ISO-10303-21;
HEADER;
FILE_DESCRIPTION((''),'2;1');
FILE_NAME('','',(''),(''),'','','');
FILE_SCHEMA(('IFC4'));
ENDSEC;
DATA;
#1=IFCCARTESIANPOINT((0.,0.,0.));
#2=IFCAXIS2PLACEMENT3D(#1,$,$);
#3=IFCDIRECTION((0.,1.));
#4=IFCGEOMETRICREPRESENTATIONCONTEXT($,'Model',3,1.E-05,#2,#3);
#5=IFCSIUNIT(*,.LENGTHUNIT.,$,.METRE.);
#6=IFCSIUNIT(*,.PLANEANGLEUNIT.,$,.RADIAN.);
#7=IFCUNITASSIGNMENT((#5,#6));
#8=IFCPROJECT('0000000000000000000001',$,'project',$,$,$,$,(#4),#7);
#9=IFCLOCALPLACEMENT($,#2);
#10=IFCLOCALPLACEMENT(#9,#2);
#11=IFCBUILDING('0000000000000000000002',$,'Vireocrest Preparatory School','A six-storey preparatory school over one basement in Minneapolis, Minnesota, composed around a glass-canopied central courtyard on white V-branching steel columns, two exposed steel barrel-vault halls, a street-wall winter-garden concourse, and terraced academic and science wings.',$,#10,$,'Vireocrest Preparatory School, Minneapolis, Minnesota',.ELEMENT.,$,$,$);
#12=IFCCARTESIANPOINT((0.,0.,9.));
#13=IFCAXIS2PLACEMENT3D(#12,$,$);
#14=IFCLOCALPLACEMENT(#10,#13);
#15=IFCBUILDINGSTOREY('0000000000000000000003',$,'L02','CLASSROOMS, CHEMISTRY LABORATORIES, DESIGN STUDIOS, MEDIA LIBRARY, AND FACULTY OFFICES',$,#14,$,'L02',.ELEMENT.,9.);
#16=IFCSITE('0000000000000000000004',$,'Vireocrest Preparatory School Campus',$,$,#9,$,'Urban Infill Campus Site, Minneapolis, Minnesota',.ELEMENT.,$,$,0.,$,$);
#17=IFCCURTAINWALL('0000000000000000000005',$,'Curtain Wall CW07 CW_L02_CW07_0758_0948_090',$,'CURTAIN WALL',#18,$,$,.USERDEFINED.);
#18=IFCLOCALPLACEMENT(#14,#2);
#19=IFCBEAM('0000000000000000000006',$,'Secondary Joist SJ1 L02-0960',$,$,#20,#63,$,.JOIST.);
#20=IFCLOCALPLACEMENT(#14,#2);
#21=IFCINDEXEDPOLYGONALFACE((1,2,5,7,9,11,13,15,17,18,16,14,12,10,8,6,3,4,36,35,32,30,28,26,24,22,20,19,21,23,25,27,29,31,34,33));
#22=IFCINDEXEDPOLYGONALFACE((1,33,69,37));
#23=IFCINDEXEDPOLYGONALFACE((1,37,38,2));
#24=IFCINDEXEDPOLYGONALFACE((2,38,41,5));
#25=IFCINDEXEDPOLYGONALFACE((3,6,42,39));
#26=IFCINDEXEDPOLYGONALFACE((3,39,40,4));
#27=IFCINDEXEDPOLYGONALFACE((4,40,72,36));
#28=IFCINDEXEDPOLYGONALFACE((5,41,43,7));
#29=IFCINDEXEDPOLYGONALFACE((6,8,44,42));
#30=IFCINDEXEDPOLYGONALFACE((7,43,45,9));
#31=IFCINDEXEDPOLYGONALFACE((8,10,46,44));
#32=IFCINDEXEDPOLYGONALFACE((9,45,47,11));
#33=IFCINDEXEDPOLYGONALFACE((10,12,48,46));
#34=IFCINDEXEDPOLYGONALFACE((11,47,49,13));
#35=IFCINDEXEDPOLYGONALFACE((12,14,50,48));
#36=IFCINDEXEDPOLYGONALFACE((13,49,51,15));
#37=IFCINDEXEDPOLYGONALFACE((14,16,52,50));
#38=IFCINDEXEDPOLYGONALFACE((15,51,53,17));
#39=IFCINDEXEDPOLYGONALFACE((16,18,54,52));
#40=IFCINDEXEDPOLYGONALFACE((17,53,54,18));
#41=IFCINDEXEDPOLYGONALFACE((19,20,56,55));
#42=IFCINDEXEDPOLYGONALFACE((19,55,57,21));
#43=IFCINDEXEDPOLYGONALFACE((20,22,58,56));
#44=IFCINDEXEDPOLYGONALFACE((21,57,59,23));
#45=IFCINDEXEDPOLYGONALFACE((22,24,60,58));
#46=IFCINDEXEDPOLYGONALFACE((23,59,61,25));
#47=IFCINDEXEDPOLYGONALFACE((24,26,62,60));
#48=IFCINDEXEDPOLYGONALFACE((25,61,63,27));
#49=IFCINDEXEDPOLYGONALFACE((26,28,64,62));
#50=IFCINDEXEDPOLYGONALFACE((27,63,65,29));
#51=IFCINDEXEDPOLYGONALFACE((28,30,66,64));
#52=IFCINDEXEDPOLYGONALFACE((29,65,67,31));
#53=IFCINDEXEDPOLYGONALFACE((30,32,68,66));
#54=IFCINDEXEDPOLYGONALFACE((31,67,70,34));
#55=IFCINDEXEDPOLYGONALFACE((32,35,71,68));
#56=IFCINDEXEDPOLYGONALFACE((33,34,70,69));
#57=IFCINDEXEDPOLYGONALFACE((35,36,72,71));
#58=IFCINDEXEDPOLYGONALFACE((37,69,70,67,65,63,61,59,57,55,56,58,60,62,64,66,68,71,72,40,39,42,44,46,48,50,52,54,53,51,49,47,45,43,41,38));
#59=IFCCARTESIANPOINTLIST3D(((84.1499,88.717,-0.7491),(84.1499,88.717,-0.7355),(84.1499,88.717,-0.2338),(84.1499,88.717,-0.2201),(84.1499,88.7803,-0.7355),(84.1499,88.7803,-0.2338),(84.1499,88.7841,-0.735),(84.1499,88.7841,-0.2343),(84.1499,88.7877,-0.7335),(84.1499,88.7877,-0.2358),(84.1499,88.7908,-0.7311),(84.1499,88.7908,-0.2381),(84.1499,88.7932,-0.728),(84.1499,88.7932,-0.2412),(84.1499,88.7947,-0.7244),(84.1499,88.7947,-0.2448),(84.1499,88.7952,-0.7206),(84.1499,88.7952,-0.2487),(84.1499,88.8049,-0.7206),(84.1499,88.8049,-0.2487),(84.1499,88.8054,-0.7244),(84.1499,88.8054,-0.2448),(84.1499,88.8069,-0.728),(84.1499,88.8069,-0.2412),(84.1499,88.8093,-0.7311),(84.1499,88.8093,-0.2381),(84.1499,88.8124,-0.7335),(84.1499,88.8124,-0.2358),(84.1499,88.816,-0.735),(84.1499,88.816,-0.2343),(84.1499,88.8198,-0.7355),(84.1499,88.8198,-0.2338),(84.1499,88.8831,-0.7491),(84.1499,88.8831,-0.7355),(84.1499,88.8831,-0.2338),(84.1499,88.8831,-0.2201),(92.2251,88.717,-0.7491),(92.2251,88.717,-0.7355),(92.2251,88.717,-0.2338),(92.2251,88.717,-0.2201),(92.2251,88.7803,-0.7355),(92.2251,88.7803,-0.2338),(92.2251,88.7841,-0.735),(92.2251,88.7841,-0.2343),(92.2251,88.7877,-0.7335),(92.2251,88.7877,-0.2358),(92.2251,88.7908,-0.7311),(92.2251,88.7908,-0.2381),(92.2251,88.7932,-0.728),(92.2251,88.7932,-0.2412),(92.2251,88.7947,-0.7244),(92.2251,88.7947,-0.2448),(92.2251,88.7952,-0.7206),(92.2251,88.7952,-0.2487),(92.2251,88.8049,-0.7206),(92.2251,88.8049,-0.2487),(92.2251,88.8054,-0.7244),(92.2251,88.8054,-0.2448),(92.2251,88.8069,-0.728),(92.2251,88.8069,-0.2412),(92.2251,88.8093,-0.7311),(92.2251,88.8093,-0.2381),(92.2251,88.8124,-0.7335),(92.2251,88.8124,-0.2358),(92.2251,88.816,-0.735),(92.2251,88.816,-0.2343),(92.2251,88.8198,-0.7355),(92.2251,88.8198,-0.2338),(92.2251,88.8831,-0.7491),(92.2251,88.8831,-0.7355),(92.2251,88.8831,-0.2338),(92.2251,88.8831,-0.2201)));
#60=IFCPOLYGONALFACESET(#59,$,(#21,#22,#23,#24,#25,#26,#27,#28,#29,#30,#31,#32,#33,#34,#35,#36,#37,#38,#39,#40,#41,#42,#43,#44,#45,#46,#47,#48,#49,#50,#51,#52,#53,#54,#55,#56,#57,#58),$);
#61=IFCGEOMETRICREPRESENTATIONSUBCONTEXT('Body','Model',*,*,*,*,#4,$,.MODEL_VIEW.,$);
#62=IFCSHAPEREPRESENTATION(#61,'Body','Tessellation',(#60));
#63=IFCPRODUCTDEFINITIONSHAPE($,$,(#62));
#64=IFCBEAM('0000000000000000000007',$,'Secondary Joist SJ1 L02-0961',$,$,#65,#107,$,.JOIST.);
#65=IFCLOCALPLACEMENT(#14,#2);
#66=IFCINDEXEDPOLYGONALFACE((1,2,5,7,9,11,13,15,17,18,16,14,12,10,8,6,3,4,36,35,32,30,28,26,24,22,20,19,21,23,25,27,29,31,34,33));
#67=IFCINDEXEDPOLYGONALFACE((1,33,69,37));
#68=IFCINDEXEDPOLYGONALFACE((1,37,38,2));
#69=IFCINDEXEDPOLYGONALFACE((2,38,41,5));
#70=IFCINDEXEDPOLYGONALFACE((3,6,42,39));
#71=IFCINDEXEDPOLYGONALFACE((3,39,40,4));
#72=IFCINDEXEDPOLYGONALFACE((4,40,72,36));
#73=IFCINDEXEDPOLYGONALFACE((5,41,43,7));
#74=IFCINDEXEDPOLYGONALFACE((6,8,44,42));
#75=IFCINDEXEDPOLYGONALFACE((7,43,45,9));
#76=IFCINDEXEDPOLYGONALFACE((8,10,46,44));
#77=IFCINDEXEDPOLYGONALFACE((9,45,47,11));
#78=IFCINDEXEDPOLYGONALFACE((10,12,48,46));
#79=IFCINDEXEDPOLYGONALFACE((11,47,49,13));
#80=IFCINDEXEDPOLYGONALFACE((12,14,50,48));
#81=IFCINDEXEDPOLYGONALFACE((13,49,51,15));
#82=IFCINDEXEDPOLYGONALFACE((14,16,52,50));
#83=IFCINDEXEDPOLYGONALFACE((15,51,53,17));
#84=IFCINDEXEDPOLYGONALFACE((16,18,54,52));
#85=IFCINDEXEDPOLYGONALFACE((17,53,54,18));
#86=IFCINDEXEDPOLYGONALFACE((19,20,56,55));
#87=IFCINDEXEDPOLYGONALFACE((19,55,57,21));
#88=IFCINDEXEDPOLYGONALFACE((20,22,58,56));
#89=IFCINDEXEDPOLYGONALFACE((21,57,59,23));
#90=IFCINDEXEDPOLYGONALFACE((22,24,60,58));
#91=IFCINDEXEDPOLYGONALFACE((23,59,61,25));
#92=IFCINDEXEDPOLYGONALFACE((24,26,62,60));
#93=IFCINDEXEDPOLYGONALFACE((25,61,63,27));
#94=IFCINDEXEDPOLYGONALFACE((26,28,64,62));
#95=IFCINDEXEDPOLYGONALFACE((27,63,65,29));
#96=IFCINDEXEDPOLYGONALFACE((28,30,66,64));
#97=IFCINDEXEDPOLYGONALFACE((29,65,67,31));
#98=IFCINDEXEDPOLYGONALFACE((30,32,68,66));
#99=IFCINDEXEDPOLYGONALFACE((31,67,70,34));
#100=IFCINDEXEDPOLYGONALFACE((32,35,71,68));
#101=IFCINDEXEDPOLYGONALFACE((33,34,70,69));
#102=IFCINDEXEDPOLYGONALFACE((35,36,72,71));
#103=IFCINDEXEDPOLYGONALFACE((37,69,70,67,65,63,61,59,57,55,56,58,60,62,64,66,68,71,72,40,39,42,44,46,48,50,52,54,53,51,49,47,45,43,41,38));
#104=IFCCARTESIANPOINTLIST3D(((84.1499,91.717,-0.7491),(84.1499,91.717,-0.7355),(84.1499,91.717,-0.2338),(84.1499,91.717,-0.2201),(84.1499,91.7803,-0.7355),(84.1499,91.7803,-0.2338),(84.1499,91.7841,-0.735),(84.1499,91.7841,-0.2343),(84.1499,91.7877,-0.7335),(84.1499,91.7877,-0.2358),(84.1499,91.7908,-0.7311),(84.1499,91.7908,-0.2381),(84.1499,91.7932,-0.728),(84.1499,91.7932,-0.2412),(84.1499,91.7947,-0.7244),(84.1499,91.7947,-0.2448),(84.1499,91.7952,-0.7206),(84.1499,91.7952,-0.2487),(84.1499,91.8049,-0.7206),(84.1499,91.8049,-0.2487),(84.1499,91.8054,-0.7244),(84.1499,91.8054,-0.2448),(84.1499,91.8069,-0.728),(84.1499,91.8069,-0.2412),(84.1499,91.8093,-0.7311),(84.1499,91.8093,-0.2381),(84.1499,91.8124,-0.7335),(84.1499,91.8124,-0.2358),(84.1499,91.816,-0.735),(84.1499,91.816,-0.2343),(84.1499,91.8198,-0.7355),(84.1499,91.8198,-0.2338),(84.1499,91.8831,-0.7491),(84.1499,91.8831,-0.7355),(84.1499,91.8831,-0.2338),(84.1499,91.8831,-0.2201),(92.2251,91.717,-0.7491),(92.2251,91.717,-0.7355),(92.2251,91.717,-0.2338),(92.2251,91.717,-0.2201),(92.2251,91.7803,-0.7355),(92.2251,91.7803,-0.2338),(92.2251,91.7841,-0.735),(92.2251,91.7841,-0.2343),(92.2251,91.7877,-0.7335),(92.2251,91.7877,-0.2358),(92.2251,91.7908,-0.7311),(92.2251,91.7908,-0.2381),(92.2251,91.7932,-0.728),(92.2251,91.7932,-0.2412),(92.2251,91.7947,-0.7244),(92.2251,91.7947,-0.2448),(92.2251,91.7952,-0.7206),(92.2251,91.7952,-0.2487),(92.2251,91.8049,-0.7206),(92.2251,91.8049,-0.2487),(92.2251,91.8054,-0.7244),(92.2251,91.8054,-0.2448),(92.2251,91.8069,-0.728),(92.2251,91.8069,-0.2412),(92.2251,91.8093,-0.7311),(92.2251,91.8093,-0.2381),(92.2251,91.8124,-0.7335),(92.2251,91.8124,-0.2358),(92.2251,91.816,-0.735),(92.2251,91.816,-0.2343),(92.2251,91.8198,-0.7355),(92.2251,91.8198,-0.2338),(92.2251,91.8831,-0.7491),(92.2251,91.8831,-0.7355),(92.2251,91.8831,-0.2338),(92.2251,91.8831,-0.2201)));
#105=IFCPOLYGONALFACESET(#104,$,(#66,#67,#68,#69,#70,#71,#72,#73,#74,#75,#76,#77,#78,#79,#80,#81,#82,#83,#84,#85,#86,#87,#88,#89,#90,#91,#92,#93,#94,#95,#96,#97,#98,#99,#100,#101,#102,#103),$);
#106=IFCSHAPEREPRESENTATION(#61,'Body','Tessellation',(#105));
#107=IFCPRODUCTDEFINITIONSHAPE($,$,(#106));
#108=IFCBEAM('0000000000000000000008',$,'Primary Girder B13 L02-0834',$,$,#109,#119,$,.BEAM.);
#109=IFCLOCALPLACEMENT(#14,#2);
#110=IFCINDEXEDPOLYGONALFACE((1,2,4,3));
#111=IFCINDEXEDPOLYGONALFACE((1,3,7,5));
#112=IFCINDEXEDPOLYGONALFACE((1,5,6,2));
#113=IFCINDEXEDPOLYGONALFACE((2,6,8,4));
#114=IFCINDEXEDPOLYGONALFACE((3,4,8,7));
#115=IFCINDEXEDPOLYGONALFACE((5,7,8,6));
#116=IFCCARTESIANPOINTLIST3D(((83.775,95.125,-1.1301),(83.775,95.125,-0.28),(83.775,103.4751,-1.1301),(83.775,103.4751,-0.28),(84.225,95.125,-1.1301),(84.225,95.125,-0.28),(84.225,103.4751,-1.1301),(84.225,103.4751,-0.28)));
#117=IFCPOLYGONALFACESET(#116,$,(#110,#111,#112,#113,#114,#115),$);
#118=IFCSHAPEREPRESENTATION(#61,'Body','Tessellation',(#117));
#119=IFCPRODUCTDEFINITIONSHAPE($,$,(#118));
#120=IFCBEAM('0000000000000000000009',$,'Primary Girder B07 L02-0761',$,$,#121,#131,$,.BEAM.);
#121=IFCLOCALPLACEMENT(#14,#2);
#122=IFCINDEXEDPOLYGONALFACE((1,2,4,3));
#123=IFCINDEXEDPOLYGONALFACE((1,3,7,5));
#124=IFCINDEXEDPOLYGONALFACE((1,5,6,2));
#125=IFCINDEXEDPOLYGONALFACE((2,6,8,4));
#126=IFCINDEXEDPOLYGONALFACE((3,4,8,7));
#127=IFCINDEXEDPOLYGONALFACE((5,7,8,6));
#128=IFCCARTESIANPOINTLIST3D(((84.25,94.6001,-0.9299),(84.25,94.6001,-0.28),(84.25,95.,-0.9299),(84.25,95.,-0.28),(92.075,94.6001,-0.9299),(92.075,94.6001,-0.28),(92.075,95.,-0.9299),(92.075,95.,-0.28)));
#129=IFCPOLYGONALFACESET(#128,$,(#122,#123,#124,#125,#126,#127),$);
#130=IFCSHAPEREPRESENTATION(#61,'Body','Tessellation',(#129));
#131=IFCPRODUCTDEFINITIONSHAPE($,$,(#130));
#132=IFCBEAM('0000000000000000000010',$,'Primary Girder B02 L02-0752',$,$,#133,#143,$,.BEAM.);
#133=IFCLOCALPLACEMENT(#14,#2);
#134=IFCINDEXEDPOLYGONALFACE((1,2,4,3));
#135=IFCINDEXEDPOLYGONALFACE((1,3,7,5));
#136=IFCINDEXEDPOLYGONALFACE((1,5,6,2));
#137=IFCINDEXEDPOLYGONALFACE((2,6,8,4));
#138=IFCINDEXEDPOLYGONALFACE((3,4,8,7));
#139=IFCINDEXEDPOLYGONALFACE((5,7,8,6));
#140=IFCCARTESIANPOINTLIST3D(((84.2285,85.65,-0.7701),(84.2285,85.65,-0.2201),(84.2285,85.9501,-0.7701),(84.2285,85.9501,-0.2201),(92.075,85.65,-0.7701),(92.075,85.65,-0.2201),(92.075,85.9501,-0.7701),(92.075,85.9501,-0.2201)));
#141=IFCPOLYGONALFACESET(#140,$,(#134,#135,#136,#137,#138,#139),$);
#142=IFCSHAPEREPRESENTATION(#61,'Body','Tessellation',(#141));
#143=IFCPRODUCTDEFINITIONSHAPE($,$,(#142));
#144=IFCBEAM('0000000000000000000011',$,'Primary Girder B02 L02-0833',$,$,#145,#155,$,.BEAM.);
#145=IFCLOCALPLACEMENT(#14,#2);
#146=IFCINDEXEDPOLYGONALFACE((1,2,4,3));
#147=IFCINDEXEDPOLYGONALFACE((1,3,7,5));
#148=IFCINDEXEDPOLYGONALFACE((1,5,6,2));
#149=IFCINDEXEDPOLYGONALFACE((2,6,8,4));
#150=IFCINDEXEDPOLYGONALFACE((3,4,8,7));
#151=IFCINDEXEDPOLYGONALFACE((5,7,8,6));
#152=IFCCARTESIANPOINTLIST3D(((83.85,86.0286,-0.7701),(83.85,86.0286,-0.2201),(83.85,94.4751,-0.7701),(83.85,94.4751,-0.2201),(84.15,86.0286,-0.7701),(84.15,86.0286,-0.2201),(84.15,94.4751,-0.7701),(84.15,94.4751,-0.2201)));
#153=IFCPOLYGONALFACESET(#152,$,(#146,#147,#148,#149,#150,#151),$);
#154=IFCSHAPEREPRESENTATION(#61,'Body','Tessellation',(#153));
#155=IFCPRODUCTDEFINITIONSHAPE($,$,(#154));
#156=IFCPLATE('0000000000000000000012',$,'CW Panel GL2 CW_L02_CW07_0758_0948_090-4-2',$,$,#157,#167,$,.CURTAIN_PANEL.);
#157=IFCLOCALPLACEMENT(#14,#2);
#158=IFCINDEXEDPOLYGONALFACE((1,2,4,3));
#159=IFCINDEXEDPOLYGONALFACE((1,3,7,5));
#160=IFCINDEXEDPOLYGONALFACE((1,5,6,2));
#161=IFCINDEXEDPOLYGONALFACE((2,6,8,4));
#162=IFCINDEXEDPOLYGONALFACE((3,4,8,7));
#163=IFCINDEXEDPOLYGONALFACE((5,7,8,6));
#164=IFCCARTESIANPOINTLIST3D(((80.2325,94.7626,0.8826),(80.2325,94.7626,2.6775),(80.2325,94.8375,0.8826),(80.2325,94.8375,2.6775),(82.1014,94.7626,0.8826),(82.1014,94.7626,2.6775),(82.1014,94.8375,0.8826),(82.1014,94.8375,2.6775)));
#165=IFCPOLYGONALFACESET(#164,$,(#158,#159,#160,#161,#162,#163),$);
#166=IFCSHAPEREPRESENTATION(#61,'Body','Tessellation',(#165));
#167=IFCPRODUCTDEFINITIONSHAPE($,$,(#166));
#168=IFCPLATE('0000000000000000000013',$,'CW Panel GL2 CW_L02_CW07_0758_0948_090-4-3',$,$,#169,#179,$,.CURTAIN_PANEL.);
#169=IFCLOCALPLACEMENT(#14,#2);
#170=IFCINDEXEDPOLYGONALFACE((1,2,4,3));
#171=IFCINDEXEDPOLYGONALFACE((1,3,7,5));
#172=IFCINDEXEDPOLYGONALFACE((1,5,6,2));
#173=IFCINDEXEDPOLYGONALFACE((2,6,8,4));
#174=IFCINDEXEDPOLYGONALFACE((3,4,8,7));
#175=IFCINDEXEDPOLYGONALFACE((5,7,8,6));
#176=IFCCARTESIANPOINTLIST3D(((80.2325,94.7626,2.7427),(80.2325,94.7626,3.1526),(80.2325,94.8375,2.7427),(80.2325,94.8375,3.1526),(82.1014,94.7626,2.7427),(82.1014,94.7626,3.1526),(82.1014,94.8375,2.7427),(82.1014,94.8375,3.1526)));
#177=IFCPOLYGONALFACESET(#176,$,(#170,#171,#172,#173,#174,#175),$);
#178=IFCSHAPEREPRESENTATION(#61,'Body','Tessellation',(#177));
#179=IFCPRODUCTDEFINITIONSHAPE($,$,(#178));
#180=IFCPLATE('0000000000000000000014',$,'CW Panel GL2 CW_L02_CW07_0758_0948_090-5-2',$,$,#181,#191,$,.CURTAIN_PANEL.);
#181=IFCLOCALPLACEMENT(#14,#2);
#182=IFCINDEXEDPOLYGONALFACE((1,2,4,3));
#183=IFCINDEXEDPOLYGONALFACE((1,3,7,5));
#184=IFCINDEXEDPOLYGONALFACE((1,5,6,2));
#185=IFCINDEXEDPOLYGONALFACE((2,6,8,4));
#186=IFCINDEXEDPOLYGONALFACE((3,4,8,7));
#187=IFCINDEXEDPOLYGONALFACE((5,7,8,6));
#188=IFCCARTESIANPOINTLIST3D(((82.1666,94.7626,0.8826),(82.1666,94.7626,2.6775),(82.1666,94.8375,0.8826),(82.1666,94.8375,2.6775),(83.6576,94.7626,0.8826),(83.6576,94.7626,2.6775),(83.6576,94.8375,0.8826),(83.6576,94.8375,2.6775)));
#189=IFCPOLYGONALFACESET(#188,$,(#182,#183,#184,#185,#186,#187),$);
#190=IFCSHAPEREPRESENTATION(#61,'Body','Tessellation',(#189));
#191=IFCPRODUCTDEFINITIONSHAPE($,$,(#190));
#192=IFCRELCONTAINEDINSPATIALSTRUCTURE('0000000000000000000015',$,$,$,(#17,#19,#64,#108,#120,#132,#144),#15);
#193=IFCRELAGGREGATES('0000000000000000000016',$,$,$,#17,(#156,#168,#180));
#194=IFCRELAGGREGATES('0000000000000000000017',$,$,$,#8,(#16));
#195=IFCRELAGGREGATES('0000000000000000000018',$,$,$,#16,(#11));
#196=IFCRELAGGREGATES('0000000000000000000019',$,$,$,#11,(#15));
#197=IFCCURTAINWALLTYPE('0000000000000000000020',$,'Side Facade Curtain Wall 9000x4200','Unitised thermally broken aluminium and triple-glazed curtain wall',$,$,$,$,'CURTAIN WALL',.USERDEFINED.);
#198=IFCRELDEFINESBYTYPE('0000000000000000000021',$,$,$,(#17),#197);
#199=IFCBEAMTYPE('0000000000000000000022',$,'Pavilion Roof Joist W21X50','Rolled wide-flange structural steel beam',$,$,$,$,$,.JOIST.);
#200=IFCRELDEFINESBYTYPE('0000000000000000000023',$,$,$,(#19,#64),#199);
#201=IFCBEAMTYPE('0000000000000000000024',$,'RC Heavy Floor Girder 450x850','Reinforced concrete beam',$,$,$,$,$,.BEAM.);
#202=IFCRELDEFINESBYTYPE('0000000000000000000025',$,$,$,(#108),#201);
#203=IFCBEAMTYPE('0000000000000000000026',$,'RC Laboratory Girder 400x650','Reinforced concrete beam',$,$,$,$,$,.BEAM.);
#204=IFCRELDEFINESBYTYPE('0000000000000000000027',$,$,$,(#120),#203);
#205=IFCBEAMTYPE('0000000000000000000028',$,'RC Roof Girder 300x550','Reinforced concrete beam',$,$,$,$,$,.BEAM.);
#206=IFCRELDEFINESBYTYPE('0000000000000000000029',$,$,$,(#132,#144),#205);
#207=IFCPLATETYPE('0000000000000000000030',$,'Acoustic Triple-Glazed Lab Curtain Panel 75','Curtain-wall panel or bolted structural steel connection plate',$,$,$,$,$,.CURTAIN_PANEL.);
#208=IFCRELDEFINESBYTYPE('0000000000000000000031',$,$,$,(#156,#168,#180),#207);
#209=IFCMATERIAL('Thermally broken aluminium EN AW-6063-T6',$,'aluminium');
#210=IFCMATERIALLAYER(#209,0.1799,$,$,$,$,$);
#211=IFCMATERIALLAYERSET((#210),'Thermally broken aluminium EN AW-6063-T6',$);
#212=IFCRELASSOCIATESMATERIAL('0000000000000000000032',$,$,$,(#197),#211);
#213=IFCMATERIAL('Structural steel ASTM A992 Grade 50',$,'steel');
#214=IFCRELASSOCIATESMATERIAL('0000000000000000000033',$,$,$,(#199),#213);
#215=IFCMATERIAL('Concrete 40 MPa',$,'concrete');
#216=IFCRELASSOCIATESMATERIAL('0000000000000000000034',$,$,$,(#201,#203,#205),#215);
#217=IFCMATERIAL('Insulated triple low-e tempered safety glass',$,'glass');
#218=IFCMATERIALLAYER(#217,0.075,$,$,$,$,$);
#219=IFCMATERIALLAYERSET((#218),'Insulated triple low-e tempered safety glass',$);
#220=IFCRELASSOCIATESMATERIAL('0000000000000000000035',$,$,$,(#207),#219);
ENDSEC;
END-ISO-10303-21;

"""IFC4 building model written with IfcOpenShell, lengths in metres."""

from ifc_helpers import new_model, si_unit, direction, frame, origin, origin_2d, place, context, subcontext, project, spatial, rectangle, i_section, extrude, material, layer, layer_set, material_profile, profile_set, type_object, element, aggregate, save


model = new_model("IFC4")

# Units and contexts
model_context = context("Model", 3, precision=1e-05, world=origin(), true_north=direction((0.0, 1.0)))
body_context = subcontext(model_context, "Body", "Model", "MODEL_VIEW")
ifc_project = project(units=[si_unit("LENGTHUNIT", "METRE"), si_unit("PLANEANGLEUNIT", "RADIAN")], contexts=[model_context])

# Site, building, storey
site_placement = place(None, origin())
site = spatial("IfcSite", under=ifc_project, at=site_placement, Name="Vireocrest Preparatory School Campus", LongName="Urban Infill Campus Site, Minneapolis, Minnesota", CompositionType="ELEMENT", RefElevation=0.0)
building_placement = place(site_placement, origin())
building = spatial("IfcBuilding", under=site, at=building_placement, Name="Vireocrest Preparatory School", Description="A six-storey preparatory school over one basement in Minneapolis, Minnesota, composed around a glass-canopied central courtyard on white V-branching steel columns, two exposed steel barrel-vault halls, a street-wall winter-garden concourse, and terraced academic and science wings.", LongName="Vireocrest Preparatory School, Minneapolis, Minnesota", CompositionType="ELEMENT")
storey_placement = place(building_placement, frame((0.0, 0.0, 9.0)))
storey = spatial("IfcBuildingStorey", under=building, at=storey_placement, Name="L02", Description="CLASSROOMS, CHEMISTRY LABORATORIES, DESIGN STUDIOS, MEDIA LIBRARY, AND FACULTY OFFICES", LongName="L02", CompositionType="ELEMENT", Elevation=9.0)

# Curtain wall
ifc_material_1 = material(Name="Thermally broken aluminium EN AW-6063-T6", Category="aluminium")
ifc_layer_1 = layer(ifc_material_1, 0.1799)
ifc_layer_set_1 = layer_set([ifc_layer_1], Name="Thermally broken aluminium EN AW-6063-T6")
curtain_wall_type_1 = type_object("IfcCurtainWallType", Name="Side Facade Curtain Wall 9000x4200", Description="Unitised thermally broken aluminium and triple-glazed curtain wall", ElementType="CURTAIN WALL", PredefinedType="USERDEFINED", material=ifc_layer_set_1)
curtain_wall_1_placement = place(storey_placement, origin())
curtain_wall_1 = element("IfcCurtainWall", 1, at=curtain_wall_1_placement, inside=storey, type_object=curtain_wall_type_1, Name="Curtain Wall CW07 CW_L02_CW07_0758_0948_090", ObjectType="CURTAIN WALL", PredefinedType="USERDEFINED")

# Beams
ifc_material_2 = material(Name="Structural steel ASTM A992 Grade 50", Category="steel")
ifc_material_profile_1 = material_profile(ifc_material_2, i_section(OverallWidth=0.166, OverallDepth=0.5291, WebThickness=0.0098, FlangeThickness=0.0137, FilletRadius=0.0149, at=origin_2d()), Name="W21X50")
ifc_profile_set_1 = profile_set([ifc_material_profile_1], Name="Structural steel ASTM A992 Grade 50")
beam_type_1 = type_object("IfcBeamType", Name="Pavilion Roof Joist W21X50", Description="Rolled wide-flange structural steel beam", PredefinedType="JOIST", material=ifc_profile_set_1)
for number, where, z_axis, x_axis, name in (
    (2, (84.1499, 88.8, -0.4846), (1.0, 0.0, 0.0), (0.0, 1.0, 0.0), "Secondary Joist SJ1 L02-0960"),
    (3, (84.1499, 91.8, -0.4846), (1.0, 0.0, 0.0), (0.0, 1.0, 0.0), "Secondary Joist SJ1 L02-0961"),
):
    element("IfcBeam", number, at=place(storey_placement, frame(where, z_axis=z_axis, x_axis=x_axis)), inside=storey, type_object=beam_type_1, Name=name, PredefinedType="JOIST", context=body_context, shape_type="SweptSolid", body=[
        extrude(i_section(OverallWidth=0.166, OverallDepth=0.5291, WebThickness=0.0098, FlangeThickness=0.0137, FilletRadius=0.0149, at=origin_2d()), origin(), (0.0, 0.0, 1.0), 8.0752),
    ])
ifc_material_3 = material(Name="Concrete 40 MPa", Category="concrete")
ifc_material_profile_2 = material_profile(ifc_material_3, rectangle(XDim=0.45, YDim=0.8501, at=origin_2d()), Name="RC 450x850")
ifc_profile_set_2 = profile_set([ifc_material_profile_2], Name="Concrete 40 MPa")
beam_type_2 = type_object("IfcBeamType", Name="RC Heavy Floor Girder 450x850", Description="Reinforced concrete beam", PredefinedType="BEAM", material=ifc_profile_set_2)
beam_1_placement = place(storey_placement, frame((84.0, 95.125, -0.7051), z_axis=(0.0, 1.0, 0.0), x_axis=(-1.0, 0.0, 0.0)))
element("IfcBeam", 4, at=beam_1_placement, inside=storey, type_object=beam_type_2, Name="Primary Girder B13 L02-0834", PredefinedType="BEAM", context=body_context, shape_type="SweptSolid", body=[
    extrude(rectangle(XDim=0.45, YDim=0.8501, at=origin_2d()), origin(), (0.0, 0.0, 1.0), 8.3501),
])
ifc_material_profile_3 = material_profile(ifc_material_3, rectangle(XDim=0.3999, YDim=0.6499, at=origin_2d()), Name="RC 400x650")
ifc_profile_set_3 = profile_set([ifc_material_profile_3], Name="Concrete 40 MPa")
beam_type_3 = type_object("IfcBeamType", Name="RC Laboratory Girder 400x650", Description="Reinforced concrete beam", PredefinedType="BEAM", material=ifc_profile_set_3)
beam_2_placement = place(storey_placement, frame((84.25, 94.8, -0.605), z_axis=(1.0, 0.0, 0.0), x_axis=(0.0, 1.0, 0.0)))
element("IfcBeam", 5, at=beam_2_placement, inside=storey, type_object=beam_type_3, Name="Primary Girder B07 L02-0761", PredefinedType="BEAM", context=body_context, shape_type="SweptSolid", body=[
    extrude(rectangle(XDim=0.3999, YDim=0.6499, at=origin_2d()), origin(), (0.0, 0.0, 1.0), 7.825),
])
ifc_material_profile_4 = material_profile(ifc_material_3, rectangle(XDim=0.3, YDim=0.55, at=origin_2d()), Name="RC 300x550")
ifc_profile_set_4 = profile_set([ifc_material_profile_4], Name="Concrete 40 MPa")
beam_type_4 = type_object("IfcBeamType", Name="RC Roof Girder 300x550", Description="Reinforced concrete beam", PredefinedType="BEAM", material=ifc_profile_set_4)
beam_3_placement = place(storey_placement, frame((84.2285, 85.8, -0.4951), z_axis=(1.0, 0.0, 0.0), x_axis=(0.0, 1.0, 0.0)))
element("IfcBeam", 6, at=beam_3_placement, inside=storey, type_object=beam_type_4, Name="Primary Girder B02 L02-0752", PredefinedType="BEAM", context=body_context, shape_type="SweptSolid", body=[
    extrude(rectangle(XDim=0.3, YDim=0.55, at=origin_2d()), origin(), (0.0, 0.0, 1.0), 7.8464),
])
beam_4_placement = place(storey_placement, frame((84.0, 86.0286, -0.4951), z_axis=(0.0, 1.0, 0.0), x_axis=(-1.0, 0.0, 0.0)))
element("IfcBeam", 7, at=beam_4_placement, inside=storey, type_object=beam_type_4, Name="Primary Girder B02 L02-0833", PredefinedType="BEAM", context=body_context, shape_type="SweptSolid", body=[
    extrude(rectangle(XDim=0.3, YDim=0.55, at=origin_2d()), origin(), (0.0, 0.0, 1.0), 8.4465),
])

# Plates
ifc_material_4 = material(Name="Insulated triple low-e tempered safety glass", Category="glass")
ifc_layer_2 = layer(ifc_material_4, 0.075)
ifc_layer_set_2 = layer_set([ifc_layer_2], Name="Insulated triple low-e tempered safety glass")
plate_type_1 = type_object("IfcPlateType", Name="Acoustic Triple-Glazed Lab Curtain Panel 75", Description="Curtain-wall panel or bolted structural steel connection plate", PredefinedType="CURTAIN_PANEL", material=ifc_layer_set_2)
plate_1_placement = place(storey_placement, frame((81.167, 94.8, 0.8826), z_axis=(0.0, 0.0, 1.0), x_axis=(1.0, 0.0, 0.0)))
plate_1 = element("IfcPlate", 8, at=plate_1_placement, type_object=plate_type_1, Name="CW Panel GL2 CW_L02_CW07_0758_0948_090-4-2", PredefinedType="CURTAIN_PANEL", context=body_context, shape_type="SweptSolid", body=[
    extrude(rectangle(XDim=1.8689, YDim=0.075, at=origin_2d()), origin(), (0.0, 0.0, 1.0), 1.7949),
])
plate_2_placement = place(storey_placement, frame((81.167, 94.8, 2.7427), z_axis=(0.0, 0.0, 1.0), x_axis=(1.0, 0.0, 0.0)))
plate_2 = element("IfcPlate", 9, at=plate_2_placement, type_object=plate_type_1, Name="CW Panel GL2 CW_L02_CW07_0758_0948_090-4-3", PredefinedType="CURTAIN_PANEL", context=body_context, shape_type="SweptSolid", body=[
    extrude(rectangle(XDim=1.8689, YDim=0.075, at=origin_2d()), origin(), (0.0, 0.0, 1.0), 0.4099),
])
plate_3_placement = place(storey_placement, frame((82.9121, 94.8, 0.8826), z_axis=(0.0, 0.0, 1.0), x_axis=(1.0, 0.0, 0.0)))
plate_3 = element("IfcPlate", 10, at=plate_3_placement, type_object=plate_type_1, Name="CW Panel GL2 CW_L02_CW07_0758_0948_090-5-2", PredefinedType="CURTAIN_PANEL", context=body_context, shape_type="SweptSolid", body=[
    extrude(rectangle(XDim=1.491, YDim=0.075, at=origin_2d()), origin(), (0.0, 0.0, 1.0), 1.7949),
])
aggregate(curtain_wall_1, [plate_1, plate_2, plate_3])

save(model, "model.ifc")
